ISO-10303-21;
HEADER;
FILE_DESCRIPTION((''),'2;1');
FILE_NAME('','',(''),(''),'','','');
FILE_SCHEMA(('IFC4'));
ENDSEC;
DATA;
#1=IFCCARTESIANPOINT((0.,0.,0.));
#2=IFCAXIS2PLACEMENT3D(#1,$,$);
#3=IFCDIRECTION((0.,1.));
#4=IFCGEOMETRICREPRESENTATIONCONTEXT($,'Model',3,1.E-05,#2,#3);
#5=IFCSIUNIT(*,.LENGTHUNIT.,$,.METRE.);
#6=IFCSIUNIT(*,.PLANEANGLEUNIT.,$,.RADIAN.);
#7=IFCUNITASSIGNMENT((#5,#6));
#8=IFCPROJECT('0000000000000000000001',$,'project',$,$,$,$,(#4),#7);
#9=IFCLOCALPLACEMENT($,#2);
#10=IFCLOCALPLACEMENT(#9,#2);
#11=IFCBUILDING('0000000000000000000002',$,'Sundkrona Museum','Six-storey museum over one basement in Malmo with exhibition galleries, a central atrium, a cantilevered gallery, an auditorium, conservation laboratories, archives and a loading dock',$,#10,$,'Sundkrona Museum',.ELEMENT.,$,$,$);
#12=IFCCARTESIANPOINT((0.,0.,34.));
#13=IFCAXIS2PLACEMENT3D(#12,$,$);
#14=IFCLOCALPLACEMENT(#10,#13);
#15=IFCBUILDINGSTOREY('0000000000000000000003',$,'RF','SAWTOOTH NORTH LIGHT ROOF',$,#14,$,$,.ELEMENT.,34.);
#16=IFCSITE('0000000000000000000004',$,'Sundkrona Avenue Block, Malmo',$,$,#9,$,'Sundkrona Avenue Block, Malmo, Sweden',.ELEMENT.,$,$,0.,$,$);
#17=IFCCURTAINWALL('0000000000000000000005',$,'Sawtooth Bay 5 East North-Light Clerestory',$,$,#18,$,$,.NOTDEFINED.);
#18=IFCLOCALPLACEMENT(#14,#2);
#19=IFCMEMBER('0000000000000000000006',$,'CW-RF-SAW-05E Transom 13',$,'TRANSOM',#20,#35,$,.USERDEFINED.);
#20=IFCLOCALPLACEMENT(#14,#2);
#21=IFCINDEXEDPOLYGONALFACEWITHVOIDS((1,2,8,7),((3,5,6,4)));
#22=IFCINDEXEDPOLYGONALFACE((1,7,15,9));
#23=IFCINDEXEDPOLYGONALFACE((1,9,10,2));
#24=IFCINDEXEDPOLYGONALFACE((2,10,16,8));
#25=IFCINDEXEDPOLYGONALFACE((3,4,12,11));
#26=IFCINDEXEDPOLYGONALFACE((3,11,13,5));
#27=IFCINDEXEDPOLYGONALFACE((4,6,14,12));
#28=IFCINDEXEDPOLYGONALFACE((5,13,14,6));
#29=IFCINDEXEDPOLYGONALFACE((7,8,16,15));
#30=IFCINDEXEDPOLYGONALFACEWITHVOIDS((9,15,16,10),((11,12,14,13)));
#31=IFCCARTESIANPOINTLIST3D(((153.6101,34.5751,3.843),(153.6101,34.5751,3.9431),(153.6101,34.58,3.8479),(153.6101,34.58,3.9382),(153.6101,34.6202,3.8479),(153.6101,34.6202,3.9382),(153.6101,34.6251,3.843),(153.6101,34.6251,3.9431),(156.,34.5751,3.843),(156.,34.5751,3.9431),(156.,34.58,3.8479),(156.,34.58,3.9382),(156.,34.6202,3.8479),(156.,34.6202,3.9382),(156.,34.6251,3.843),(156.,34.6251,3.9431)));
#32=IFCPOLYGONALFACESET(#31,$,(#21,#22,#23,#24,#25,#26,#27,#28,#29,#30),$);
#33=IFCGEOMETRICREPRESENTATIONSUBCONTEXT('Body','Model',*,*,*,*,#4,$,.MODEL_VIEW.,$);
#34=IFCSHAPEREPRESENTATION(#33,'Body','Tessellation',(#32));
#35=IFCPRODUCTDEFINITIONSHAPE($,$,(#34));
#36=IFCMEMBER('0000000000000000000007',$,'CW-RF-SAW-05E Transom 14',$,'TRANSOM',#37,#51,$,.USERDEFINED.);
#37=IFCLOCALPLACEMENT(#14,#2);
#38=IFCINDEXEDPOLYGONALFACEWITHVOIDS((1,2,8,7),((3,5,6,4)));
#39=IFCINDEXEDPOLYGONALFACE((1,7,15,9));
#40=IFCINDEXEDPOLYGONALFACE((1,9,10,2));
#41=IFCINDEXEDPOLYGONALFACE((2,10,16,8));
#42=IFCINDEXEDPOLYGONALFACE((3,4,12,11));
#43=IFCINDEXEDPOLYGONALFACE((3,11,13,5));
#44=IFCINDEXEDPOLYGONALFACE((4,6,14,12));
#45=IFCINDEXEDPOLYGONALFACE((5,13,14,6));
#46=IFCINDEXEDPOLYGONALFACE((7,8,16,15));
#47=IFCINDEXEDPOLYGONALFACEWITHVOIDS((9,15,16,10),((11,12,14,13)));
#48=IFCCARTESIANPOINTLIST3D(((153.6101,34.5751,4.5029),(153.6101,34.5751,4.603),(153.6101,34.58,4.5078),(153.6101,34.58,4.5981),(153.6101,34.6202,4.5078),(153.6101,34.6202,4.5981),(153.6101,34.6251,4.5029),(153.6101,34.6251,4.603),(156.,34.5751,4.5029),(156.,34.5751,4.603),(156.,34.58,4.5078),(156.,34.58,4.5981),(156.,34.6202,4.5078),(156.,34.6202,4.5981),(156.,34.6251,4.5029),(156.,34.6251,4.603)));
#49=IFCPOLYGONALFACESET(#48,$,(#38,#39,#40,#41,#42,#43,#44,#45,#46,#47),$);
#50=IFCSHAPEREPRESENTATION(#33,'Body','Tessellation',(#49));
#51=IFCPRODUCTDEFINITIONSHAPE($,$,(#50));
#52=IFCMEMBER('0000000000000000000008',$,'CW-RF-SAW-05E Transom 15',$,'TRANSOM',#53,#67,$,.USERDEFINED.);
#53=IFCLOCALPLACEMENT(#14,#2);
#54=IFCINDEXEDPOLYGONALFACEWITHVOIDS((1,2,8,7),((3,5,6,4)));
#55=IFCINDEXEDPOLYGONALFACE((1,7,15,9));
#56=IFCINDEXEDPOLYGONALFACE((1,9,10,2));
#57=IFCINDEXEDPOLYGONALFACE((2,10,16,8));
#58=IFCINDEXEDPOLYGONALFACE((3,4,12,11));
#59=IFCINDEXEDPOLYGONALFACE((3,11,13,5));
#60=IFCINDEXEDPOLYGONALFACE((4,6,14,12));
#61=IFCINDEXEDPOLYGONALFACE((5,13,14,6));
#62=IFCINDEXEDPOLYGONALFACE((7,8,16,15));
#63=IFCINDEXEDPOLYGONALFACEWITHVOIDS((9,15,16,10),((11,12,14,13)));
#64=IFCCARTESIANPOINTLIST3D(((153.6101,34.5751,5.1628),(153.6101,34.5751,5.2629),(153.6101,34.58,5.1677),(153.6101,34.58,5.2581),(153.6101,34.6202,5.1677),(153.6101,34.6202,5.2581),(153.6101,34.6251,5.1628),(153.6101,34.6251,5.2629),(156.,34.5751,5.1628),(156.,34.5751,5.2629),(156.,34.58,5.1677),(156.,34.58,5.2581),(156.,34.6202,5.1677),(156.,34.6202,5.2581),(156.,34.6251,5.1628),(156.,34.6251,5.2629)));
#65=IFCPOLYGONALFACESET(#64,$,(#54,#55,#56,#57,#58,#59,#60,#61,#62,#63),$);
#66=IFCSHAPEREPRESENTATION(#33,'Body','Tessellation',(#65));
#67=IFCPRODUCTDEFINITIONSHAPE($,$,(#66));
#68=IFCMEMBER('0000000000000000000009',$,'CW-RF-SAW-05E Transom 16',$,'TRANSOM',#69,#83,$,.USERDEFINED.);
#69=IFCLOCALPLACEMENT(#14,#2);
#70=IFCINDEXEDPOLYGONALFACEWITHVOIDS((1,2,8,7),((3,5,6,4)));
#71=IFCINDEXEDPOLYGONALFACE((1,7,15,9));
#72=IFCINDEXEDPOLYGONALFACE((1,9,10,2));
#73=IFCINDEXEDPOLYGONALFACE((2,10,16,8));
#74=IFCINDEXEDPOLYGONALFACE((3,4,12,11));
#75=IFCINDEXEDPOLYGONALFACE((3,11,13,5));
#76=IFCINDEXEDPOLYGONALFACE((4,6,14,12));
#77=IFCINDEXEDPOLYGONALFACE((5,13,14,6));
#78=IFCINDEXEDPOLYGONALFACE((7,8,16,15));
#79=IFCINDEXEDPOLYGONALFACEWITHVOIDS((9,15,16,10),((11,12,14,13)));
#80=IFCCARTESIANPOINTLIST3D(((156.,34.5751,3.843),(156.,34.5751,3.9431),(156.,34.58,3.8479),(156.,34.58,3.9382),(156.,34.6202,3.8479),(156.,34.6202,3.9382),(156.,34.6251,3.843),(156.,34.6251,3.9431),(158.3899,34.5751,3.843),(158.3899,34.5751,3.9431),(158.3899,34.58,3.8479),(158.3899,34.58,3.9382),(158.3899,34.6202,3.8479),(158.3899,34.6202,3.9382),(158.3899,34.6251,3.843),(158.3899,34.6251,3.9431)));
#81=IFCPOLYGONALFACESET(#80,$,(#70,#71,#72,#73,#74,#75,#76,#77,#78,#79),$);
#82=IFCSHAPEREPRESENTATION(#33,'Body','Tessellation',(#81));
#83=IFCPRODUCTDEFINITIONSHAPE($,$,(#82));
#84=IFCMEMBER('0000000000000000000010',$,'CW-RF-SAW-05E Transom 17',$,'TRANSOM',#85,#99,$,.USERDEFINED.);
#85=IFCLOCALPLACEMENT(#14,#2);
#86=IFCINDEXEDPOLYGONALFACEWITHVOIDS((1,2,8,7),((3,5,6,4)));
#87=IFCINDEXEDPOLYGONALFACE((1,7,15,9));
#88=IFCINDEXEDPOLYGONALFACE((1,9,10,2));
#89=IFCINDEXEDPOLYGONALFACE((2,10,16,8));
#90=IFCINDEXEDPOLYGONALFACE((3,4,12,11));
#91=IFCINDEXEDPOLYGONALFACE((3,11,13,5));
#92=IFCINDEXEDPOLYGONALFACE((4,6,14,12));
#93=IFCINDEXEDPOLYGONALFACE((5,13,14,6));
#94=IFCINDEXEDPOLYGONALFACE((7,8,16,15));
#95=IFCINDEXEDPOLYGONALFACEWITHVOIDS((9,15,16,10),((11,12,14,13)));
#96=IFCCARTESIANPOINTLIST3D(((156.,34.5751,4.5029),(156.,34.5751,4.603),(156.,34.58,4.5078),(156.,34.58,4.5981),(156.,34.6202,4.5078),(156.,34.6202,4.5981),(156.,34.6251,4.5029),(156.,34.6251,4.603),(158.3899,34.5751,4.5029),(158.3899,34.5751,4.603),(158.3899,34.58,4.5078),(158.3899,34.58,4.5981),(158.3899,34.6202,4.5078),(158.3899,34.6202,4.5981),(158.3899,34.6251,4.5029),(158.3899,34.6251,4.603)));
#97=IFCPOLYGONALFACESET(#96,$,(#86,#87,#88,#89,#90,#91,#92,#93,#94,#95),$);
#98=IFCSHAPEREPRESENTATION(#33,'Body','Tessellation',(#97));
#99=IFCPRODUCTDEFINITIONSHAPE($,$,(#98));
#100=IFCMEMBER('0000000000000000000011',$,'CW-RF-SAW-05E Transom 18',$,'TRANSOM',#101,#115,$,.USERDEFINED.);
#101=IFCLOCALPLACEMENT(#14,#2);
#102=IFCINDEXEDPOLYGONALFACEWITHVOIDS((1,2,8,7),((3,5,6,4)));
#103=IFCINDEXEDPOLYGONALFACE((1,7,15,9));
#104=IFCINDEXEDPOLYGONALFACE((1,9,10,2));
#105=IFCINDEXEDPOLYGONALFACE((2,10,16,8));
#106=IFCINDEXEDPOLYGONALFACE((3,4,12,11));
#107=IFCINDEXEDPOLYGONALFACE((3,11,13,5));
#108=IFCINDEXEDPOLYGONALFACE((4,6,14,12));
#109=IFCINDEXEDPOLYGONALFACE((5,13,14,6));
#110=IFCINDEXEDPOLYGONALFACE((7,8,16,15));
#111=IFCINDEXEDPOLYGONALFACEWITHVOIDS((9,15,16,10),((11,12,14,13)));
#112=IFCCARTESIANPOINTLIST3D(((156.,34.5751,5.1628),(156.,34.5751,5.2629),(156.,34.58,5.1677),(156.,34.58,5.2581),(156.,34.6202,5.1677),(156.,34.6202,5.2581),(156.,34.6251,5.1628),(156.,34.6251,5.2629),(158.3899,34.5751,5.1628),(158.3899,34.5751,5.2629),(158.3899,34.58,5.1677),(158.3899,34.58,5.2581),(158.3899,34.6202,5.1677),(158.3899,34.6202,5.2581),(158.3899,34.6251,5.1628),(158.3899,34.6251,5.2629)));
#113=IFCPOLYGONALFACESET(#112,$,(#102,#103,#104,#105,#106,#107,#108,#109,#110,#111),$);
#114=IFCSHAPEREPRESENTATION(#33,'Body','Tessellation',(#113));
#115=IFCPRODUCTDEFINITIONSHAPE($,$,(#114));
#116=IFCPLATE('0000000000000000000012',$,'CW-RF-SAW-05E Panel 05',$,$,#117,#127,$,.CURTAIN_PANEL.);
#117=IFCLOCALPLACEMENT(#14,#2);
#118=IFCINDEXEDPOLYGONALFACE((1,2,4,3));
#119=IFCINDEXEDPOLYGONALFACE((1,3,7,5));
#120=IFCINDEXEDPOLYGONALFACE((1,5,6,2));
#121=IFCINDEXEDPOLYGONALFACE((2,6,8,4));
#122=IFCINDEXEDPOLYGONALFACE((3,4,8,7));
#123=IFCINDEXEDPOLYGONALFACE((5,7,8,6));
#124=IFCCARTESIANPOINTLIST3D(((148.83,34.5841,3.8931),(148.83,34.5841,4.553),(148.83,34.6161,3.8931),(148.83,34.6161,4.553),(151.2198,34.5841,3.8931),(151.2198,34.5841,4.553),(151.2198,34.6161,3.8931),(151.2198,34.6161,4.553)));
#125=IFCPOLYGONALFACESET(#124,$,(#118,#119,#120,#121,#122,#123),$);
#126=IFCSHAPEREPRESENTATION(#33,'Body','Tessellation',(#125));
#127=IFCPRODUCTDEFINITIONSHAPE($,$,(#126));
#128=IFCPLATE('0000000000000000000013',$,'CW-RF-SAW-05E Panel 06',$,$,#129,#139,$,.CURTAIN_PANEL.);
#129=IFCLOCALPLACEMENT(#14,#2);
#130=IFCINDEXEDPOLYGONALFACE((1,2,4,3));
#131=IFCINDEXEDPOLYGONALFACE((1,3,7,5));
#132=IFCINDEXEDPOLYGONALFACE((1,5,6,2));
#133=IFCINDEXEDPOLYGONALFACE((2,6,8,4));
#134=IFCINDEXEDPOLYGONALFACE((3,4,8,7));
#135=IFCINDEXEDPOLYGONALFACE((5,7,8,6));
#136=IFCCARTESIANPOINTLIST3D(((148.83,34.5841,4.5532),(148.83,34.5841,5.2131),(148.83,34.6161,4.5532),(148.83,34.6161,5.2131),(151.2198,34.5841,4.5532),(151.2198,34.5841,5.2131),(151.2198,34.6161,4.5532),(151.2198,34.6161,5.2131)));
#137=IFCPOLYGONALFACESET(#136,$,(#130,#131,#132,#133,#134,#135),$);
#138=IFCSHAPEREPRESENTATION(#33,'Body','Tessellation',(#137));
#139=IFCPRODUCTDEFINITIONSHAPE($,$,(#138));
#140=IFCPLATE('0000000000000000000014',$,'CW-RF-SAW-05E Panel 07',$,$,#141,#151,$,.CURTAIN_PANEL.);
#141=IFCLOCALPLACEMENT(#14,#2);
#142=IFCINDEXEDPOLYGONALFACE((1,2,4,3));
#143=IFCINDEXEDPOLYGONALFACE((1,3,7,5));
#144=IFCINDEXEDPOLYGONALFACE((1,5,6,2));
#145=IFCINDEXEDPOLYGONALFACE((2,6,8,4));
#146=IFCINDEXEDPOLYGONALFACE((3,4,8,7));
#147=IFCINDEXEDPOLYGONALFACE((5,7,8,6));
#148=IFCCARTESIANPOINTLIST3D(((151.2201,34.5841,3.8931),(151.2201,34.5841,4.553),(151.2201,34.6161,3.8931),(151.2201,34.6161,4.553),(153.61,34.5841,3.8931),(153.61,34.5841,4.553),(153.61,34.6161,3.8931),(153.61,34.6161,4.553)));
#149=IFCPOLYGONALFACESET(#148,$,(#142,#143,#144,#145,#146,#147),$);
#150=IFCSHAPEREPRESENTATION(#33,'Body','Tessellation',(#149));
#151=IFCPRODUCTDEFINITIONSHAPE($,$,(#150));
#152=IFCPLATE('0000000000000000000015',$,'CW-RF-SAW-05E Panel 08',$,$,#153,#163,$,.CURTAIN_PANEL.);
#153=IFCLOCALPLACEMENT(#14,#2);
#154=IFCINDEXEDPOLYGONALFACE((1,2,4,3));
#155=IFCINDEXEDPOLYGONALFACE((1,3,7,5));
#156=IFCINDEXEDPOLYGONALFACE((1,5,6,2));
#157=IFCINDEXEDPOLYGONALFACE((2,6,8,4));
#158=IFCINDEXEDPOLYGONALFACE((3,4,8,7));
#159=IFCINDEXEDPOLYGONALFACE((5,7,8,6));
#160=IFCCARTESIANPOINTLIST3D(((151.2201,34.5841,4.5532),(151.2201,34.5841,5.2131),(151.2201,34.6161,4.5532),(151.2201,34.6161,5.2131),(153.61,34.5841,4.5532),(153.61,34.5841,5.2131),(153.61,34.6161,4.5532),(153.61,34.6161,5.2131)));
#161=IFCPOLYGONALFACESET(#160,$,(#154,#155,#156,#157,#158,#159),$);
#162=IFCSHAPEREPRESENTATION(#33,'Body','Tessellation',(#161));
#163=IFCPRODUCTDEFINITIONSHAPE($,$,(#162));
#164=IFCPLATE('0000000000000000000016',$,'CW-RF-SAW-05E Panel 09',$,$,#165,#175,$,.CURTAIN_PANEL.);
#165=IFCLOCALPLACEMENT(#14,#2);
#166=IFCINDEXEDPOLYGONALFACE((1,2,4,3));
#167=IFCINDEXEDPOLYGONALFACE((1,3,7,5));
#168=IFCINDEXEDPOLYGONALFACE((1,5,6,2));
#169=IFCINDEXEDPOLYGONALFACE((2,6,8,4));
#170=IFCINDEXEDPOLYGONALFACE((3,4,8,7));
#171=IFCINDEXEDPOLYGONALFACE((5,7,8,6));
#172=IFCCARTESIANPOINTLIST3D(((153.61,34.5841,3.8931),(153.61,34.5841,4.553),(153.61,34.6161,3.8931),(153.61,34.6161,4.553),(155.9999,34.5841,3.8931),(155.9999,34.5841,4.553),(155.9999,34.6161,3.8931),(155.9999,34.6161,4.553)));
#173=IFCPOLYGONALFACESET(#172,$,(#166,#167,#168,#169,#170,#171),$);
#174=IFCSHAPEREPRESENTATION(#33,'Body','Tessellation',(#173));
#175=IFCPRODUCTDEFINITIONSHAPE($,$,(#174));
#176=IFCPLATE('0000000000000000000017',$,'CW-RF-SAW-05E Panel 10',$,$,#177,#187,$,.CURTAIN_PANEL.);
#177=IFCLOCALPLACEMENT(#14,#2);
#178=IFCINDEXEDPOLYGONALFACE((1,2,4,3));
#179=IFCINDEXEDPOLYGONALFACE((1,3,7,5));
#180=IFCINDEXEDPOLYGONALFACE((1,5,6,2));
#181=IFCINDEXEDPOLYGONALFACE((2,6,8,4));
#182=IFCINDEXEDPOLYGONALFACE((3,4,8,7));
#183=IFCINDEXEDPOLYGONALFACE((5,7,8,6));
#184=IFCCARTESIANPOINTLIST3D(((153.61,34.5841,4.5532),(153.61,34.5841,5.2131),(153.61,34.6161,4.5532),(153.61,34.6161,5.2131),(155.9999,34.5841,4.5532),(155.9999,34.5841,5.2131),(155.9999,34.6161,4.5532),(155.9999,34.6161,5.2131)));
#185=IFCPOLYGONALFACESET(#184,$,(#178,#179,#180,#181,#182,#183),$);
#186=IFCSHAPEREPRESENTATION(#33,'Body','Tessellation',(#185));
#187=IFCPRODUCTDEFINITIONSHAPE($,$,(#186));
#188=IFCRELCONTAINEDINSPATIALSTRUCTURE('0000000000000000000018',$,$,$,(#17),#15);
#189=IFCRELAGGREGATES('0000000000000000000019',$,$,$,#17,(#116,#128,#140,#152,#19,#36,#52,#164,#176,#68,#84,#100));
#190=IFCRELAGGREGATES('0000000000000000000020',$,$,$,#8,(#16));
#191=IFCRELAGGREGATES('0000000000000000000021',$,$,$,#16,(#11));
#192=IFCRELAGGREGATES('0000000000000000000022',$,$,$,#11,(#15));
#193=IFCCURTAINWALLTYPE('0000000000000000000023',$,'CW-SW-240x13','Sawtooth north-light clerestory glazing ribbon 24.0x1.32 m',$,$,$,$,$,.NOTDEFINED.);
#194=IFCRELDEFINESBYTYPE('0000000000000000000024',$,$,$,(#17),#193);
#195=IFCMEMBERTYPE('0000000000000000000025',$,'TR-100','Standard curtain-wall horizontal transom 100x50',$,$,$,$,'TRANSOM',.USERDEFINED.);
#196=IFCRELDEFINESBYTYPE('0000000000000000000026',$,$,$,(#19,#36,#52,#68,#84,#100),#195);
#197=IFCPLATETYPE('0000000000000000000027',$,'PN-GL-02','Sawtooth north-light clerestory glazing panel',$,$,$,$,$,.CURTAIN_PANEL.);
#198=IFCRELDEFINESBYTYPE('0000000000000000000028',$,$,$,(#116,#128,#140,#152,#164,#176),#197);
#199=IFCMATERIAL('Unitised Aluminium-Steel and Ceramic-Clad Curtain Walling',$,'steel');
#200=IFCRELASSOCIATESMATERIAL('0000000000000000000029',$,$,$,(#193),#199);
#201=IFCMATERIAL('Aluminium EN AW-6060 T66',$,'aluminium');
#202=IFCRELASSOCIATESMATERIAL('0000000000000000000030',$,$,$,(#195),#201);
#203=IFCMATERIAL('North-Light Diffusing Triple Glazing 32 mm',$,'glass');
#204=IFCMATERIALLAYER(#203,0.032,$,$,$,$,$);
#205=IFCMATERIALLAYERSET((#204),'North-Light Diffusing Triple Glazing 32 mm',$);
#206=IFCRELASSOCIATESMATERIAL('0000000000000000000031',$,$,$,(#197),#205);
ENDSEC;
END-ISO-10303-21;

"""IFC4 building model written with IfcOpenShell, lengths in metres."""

from ifc_helpers import new_model, si_unit, direction, frame, origin, origin_2d, place, context, subcontext, project, spatial, rectangle, hollow_rectangle, extrude, material, layer, layer_set, material_profile, profile_set, type_object, element, aggregate, save


model = new_model("IFC4")

# Units and contexts
model_context = context("Model", 3, precision=1e-05, world=origin(), true_north=direction((0.0, 1.0)))
body_context = subcontext(model_context, "Body", "Model", "MODEL_VIEW")
ifc_project = project(units=[si_unit("LENGTHUNIT", "METRE"), si_unit("PLANEANGLEUNIT", "RADIAN")], contexts=[model_context])

# Site, building, storey
site_placement = place(None, origin())
site = spatial("IfcSite", under=ifc_project, at=site_placement, Name="Sundkrona Avenue Block, Malmo", LongName="Sundkrona Avenue Block, Malmo, Sweden", CompositionType="ELEMENT", RefElevation=0.0)
building_placement = place(site_placement, origin())
building = spatial("IfcBuilding", under=site, at=building_placement, Name="Sundkrona Museum", Description="Six-storey museum over one basement in Malmo with exhibition galleries, a central atrium, a cantilevered gallery, an auditorium, conservation laboratories, archives and a loading dock", LongName="Sundkrona Museum", CompositionType="ELEMENT")
storey_placement = place(building_placement, frame((0.0, 0.0, 34.0)))
storey = spatial("IfcBuildingStorey", under=building, at=storey_placement, Name="RF", Description="SAWTOOTH NORTH LIGHT ROOF", CompositionType="ELEMENT", Elevation=34.0)

# Curtain wall
ifc_material_1 = material(Name="Unitised Aluminium-Steel and Ceramic-Clad Curtain Walling", Category="steel")
curtain_wall_type = type_object("IfcCurtainWallType", Name="CW-SW-240x13", Description="Sawtooth north-light clerestory glazing ribbon 24.0x1.32 m", PredefinedType="NOTDEFINED", material=ifc_material_1)
curtain_wall_placement = place(storey_placement, origin())
curtain_wall = element("IfcCurtainWall", 1, at=curtain_wall_placement, inside=storey, type_object=curtain_wall_type, Name="Sawtooth Bay 5 East North-Light Clerestory", PredefinedType="NOTDEFINED")
ifc_material_2 = material(Name="Aluminium EN AW-6060 T66", Category="aluminium")

# Members
ifc_material_profile_1 = material_profile(ifc_material_2, hollow_rectangle(XDim=0.05, YDim=0.1001, WallThickness=0.0049, at=origin_2d()), Name="RHS 100x50x5.0")
ifc_profile_set_1 = profile_set([ifc_material_profile_1], Name="Aluminium EN AW-6060 T66")
member_type_1 = type_object("IfcMemberType", Name="TR-100", Description="Standard curtain-wall horizontal transom 100x50", ElementType="TRANSOM", PredefinedType="USERDEFINED", material=ifc_profile_set_1)
member_1_placement = place(storey_placement, frame((153.6101, 34.6001, 3.8931), z_axis=(1.0, 0.0, 0.0), x_axis=(0.0, 1.0, 0.0)))
member_1 = element("IfcMember", 2, at=member_1_placement, type_object=member_type_1, Name="CW-RF-SAW-05E Transom 13", ObjectType="TRANSOM", PredefinedType="USERDEFINED", context=body_context, shape_type="SweptSolid", body=[
    extrude(hollow_rectangle(XDim=0.05, YDim=0.1001, WallThickness=0.0049, at=origin_2d()), origin(), (0.0, 0.0, 1.0), 2.3899),
])
member_2_placement = place(storey_placement, frame((153.6101, 34.6001, 4.553), z_axis=(1.0, 0.0, 0.0), x_axis=(0.0, 1.0, 0.0)))
member_2 = element("IfcMember", 3, at=member_2_placement, type_object=member_type_1, Name="CW-RF-SAW-05E Transom 14", ObjectType="TRANSOM", PredefinedType="USERDEFINED", context=body_context, shape_type="SweptSolid", body=[
    extrude(hollow_rectangle(XDim=0.05, YDim=0.1001, WallThickness=0.0049, at=origin_2d()), origin(), (0.0, 0.0, 1.0), 2.3899),
])
member_3_placement = place(storey_placement, frame((153.6101, 34.6001, 5.2129), z_axis=(1.0, 0.0, 0.0), x_axis=(0.0, 1.0, 0.0)))
member_3 = element("IfcMember", 4, at=member_3_placement, type_object=member_type_1, Name="CW-RF-SAW-05E Transom 15", ObjectType="TRANSOM", PredefinedType="USERDEFINED", context=body_context, shape_type="SweptSolid", body=[
    extrude(hollow_rectangle(XDim=0.05, YDim=0.1001, WallThickness=0.0049, at=origin_2d()), origin(), (0.0, 0.0, 1.0), 2.3899),
])
member_4_placement = place(storey_placement, frame((156.0, 34.6001, 3.8931), z_axis=(1.0, 0.0, 0.0), x_axis=(0.0, 1.0, 0.0)))
member_4 = element("IfcMember", 5, at=member_4_placement, type_object=member_type_1, Name="CW-RF-SAW-05E Transom 16", ObjectType="TRANSOM", PredefinedType="USERDEFINED", context=body_context, shape_type="SweptSolid", body=[
    extrude(hollow_rectangle(XDim=0.05, YDim=0.1001, WallThickness=0.0049, at=origin_2d()), origin(), (0.0, 0.0, 1.0), 2.3899),
])
member_5_placement = place(storey_placement, frame((156.0, 34.6001, 4.553), z_axis=(1.0, 0.0, 0.0), x_axis=(0.0, 1.0, 0.0)))
member_5 = element("IfcMember", 6, at=member_5_placement, type_object=member_type_1, Name="CW-RF-SAW-05E Transom 17", ObjectType="TRANSOM", PredefinedType="USERDEFINED", context=body_context, shape_type="SweptSolid", body=[
    extrude(hollow_rectangle(XDim=0.05, YDim=0.1001, WallThickness=0.0049, at=origin_2d()), origin(), (0.0, 0.0, 1.0), 2.3899),
])
member_6_placement = place(storey_placement, frame((156.0, 34.6001, 5.2129), z_axis=(1.0, 0.0, 0.0), x_axis=(0.0, 1.0, 0.0)))
member_6 = element("IfcMember", 7, at=member_6_placement, type_object=member_type_1, Name="CW-RF-SAW-05E Transom 18", ObjectType="TRANSOM", PredefinedType="USERDEFINED", context=body_context, shape_type="SweptSolid", body=[
    extrude(hollow_rectangle(XDim=0.05, YDim=0.1001, WallThickness=0.0049, at=origin_2d()), origin(), (0.0, 0.0, 1.0), 2.3899),
])

# Plates
ifc_material_3 = material(Name="North-Light Diffusing Triple Glazing 32 mm", Category="glass")
ifc_layer = layer(ifc_material_3, 0.032)
ifc_layer_set = layer_set([ifc_layer], Name="North-Light Diffusing Triple Glazing 32 mm")
plate_type = type_object("IfcPlateType", Name="PN-GL-02", Description="Sawtooth north-light clerestory glazing panel", PredefinedType="CURTAIN_PANEL", material=ifc_layer_set)
plate_1_placement = place(storey_placement, frame((150.0249, 34.6001, 3.8931), z_axis=(0.0, 0.0, 1.0), x_axis=(1.0, 0.0, 0.0)))
plate_1 = element("IfcPlate", 8, at=plate_1_placement, type_object=plate_type, Name="CW-RF-SAW-05E Panel 05", PredefinedType="CURTAIN_PANEL", context=body_context, shape_type="SweptSolid", body=[
    extrude(rectangle(XDim=2.3899, YDim=0.032, at=origin_2d()), origin(), (0.0, 0.0, 1.0), 0.6599),
])
plate_2_placement = place(storey_placement, frame((150.0249, 34.6001, 4.5532), z_axis=(0.0, 0.0, 1.0), x_axis=(1.0, 0.0, 0.0)))
plate_2 = element("IfcPlate", 9, at=plate_2_placement, type_object=plate_type, Name="CW-RF-SAW-05E Panel 06", PredefinedType="CURTAIN_PANEL", context=body_context, shape_type="SweptSolid", body=[
    extrude(rectangle(XDim=2.3899, YDim=0.032, at=origin_2d()), origin(), (0.0, 0.0, 1.0), 0.6599),
])
plate_3_placement = place(storey_placement, frame((152.415, 34.6001, 3.8931), z_axis=(0.0, 0.0, 1.0), x_axis=(1.0, 0.0, 0.0)))
plate_3 = element("IfcPlate", 10, at=plate_3_placement, type_object=plate_type, Name="CW-RF-SAW-05E Panel 07", PredefinedType="CURTAIN_PANEL", context=body_context, shape_type="SweptSolid", body=[
    extrude(rectangle(XDim=2.3899, YDim=0.032, at=origin_2d()), origin(), (0.0, 0.0, 1.0), 0.6599),
])
plate_4_placement = place(storey_placement, frame((152.415, 34.6001, 4.5532), z_axis=(0.0, 0.0, 1.0), x_axis=(1.0, 0.0, 0.0)))
plate_4 = element("IfcPlate", 11, at=plate_4_placement, type_object=plate_type, Name="CW-RF-SAW-05E Panel 08", PredefinedType="CURTAIN_PANEL", context=body_context, shape_type="SweptSolid", body=[
    extrude(rectangle(XDim=2.3899, YDim=0.032, at=origin_2d()), origin(), (0.0, 0.0, 1.0), 0.6599),
])
plate_5_placement = place(storey_placement, frame((154.8049, 34.6001, 3.8931), z_axis=(0.0, 0.0, 1.0), x_axis=(1.0, 0.0, 0.0)))
plate_5 = element("IfcPlate", 12, at=plate_5_placement, type_object=plate_type, Name="CW-RF-SAW-05E Panel 09", PredefinedType="CURTAIN_PANEL", context=body_context, shape_type="SweptSolid", body=[
    extrude(rectangle(XDim=2.3899, YDim=0.032, at=origin_2d()), origin(), (0.0, 0.0, 1.0), 0.6599),
])
plate_6_placement = place(storey_placement, frame((154.8049, 34.6001, 4.5532), z_axis=(0.0, 0.0, 1.0), x_axis=(1.0, 0.0, 0.0)))
plate_6 = element("IfcPlate", 13, at=plate_6_placement, type_object=plate_type, Name="CW-RF-SAW-05E Panel 10", PredefinedType="CURTAIN_PANEL", context=body_context, shape_type="SweptSolid", body=[
    extrude(rectangle(XDim=2.3899, YDim=0.032, at=origin_2d()), origin(), (0.0, 0.0, 1.0), 0.6599),
])
aggregate(curtain_wall, [plate_1, plate_2, plate_3, plate_4, member_1, member_2, member_3, plate_5, plate_6, member_4, member_5, member_6])

save(model, "model.ifc")
